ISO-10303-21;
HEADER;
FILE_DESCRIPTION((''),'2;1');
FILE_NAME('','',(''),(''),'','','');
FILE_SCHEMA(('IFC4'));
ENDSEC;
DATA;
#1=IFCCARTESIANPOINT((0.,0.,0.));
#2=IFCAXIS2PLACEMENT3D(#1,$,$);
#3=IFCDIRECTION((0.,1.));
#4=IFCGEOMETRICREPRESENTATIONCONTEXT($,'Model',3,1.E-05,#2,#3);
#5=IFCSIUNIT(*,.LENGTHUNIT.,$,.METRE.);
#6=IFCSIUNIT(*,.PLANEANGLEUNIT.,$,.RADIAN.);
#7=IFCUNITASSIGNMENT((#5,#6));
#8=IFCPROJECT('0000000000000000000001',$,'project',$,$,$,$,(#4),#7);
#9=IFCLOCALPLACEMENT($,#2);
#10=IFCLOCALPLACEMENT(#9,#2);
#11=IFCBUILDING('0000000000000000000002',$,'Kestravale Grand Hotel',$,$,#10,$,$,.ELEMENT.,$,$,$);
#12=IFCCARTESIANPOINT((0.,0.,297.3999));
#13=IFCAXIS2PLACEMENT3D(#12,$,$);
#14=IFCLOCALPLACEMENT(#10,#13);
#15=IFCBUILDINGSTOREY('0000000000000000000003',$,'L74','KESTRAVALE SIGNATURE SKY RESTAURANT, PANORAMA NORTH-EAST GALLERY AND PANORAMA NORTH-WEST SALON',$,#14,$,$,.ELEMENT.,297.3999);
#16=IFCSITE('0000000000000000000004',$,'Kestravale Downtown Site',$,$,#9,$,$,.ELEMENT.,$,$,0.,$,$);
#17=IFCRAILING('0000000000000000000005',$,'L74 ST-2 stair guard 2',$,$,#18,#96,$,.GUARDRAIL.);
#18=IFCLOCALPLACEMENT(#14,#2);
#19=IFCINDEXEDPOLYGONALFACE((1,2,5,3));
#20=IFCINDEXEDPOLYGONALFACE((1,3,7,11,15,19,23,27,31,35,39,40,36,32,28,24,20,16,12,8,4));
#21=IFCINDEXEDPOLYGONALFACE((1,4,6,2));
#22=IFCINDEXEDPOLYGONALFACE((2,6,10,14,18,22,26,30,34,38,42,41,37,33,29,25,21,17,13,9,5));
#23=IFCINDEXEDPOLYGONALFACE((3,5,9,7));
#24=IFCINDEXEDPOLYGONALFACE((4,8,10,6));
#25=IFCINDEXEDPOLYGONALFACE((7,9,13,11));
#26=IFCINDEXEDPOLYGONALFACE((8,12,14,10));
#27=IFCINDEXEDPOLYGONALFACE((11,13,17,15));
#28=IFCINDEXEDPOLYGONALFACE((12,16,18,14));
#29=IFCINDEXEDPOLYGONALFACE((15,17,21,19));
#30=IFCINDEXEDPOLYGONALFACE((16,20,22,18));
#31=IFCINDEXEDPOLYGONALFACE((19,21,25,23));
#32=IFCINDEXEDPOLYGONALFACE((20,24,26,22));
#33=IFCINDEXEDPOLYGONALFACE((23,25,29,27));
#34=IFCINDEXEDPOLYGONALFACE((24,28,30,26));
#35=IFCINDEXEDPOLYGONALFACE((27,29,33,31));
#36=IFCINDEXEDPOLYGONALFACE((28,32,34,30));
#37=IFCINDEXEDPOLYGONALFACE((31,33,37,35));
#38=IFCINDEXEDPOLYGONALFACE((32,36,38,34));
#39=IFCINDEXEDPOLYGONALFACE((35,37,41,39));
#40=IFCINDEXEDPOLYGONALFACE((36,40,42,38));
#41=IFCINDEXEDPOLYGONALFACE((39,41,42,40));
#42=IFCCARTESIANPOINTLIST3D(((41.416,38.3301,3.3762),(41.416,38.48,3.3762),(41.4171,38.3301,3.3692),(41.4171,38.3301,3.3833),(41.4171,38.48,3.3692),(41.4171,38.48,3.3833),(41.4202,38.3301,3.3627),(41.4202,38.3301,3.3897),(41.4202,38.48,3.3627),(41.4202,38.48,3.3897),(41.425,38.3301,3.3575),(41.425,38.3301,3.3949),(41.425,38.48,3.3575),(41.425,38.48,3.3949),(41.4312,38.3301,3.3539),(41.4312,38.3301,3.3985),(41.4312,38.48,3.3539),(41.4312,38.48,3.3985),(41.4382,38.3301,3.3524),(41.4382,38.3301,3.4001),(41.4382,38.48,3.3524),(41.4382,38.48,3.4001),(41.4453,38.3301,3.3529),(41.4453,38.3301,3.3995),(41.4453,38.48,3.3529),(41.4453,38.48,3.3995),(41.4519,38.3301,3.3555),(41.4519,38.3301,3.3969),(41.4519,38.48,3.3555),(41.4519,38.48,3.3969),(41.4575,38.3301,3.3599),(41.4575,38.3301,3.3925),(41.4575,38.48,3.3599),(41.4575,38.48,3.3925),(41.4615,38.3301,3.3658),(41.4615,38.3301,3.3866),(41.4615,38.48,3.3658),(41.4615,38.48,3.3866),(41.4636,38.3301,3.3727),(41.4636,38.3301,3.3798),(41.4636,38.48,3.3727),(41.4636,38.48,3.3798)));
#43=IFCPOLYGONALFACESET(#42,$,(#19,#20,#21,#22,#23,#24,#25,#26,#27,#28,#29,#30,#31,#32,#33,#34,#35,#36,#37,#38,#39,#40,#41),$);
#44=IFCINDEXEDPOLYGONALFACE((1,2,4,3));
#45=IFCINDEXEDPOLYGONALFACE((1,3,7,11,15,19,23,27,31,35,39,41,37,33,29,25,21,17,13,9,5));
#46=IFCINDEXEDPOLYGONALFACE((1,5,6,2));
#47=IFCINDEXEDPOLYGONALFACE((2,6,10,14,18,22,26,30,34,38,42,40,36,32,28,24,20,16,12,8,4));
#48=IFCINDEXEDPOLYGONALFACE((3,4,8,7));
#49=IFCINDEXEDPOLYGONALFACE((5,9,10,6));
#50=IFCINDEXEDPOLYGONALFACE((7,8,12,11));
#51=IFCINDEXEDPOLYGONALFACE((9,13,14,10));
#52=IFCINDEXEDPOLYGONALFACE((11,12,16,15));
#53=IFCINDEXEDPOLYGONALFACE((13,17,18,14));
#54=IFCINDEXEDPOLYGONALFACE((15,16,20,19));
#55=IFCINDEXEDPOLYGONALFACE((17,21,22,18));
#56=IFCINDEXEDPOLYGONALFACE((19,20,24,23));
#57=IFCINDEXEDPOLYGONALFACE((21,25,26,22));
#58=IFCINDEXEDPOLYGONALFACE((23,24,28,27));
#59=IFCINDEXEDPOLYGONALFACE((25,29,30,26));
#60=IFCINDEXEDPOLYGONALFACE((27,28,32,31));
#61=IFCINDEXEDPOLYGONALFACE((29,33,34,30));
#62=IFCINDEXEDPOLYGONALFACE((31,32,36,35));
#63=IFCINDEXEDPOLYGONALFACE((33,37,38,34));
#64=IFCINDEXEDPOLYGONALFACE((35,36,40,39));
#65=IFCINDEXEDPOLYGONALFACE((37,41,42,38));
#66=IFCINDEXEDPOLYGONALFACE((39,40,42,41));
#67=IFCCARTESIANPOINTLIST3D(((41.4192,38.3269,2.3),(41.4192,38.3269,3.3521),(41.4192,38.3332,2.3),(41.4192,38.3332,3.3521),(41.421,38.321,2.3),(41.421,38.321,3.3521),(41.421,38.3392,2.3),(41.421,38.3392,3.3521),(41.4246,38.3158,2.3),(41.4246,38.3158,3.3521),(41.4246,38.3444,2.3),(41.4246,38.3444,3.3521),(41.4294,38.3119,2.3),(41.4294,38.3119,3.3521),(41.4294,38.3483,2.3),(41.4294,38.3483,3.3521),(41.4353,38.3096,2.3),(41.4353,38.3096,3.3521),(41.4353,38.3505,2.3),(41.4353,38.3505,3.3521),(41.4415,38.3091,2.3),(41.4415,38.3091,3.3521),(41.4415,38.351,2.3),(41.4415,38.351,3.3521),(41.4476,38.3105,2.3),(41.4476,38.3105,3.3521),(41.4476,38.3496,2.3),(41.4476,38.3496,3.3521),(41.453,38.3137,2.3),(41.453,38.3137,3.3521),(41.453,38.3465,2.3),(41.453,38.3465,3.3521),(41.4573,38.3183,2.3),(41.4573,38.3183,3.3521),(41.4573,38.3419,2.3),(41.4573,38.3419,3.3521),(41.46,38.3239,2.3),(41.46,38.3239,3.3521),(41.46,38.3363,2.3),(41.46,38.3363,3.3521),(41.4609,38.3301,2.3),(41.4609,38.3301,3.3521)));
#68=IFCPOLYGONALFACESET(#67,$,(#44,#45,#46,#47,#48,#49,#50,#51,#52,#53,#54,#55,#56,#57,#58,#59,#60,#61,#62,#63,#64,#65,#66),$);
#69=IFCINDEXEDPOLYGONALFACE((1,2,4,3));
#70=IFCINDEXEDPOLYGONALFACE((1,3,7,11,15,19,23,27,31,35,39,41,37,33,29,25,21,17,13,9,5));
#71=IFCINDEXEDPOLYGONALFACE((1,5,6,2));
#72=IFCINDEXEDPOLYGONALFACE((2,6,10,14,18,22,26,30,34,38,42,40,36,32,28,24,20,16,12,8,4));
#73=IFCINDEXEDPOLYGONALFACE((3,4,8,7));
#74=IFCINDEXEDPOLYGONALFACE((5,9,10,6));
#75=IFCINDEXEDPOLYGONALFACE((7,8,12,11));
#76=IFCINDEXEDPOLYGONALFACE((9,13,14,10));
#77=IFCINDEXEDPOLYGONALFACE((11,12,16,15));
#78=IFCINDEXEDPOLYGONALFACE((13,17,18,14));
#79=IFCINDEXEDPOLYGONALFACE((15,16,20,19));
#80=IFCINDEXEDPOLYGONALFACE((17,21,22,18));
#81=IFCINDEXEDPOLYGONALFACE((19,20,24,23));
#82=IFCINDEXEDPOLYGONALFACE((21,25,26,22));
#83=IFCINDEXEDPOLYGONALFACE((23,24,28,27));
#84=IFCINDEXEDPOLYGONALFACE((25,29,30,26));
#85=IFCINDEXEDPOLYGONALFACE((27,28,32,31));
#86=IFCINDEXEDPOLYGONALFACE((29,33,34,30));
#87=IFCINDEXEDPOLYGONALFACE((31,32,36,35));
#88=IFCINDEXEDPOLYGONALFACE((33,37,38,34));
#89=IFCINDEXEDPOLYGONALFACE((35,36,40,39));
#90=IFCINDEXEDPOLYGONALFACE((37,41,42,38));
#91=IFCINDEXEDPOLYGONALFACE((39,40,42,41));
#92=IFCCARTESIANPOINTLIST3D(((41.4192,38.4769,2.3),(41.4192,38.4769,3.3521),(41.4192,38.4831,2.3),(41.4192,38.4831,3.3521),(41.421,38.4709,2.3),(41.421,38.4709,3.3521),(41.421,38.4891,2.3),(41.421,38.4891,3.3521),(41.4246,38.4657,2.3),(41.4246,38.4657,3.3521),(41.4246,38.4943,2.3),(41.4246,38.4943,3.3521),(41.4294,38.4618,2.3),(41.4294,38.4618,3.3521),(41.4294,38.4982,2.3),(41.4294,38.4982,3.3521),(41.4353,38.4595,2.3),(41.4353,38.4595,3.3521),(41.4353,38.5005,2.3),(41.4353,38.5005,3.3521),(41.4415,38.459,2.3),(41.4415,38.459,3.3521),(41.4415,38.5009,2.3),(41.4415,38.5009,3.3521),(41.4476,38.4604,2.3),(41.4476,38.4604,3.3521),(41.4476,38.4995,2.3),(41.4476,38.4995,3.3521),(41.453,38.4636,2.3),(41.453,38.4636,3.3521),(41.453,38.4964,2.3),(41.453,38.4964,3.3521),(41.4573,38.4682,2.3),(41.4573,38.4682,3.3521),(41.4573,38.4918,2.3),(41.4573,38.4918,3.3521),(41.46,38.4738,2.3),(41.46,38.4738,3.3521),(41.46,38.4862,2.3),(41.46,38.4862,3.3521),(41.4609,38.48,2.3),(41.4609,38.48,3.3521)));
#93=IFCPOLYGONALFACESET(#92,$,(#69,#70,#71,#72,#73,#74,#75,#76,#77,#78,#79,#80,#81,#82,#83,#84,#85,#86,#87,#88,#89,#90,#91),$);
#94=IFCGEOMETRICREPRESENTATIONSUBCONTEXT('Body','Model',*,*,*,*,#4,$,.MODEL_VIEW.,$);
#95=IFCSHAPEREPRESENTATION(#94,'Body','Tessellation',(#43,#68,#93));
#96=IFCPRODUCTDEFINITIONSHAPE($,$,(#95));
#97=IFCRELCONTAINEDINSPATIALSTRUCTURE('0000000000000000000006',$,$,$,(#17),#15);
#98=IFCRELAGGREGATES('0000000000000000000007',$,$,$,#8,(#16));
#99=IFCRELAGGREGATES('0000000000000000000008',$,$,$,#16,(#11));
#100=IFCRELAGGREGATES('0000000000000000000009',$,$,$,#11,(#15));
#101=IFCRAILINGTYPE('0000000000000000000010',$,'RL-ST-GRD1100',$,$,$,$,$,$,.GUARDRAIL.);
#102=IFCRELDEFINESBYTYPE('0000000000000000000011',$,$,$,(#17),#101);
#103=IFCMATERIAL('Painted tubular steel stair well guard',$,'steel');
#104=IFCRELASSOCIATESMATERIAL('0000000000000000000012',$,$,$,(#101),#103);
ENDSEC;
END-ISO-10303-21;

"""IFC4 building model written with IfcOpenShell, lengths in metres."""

from ifc_helpers import new_model, si_unit, direction, frame, origin, origin_2d, place, context, subcontext, project, spatial, circle, extrude, material, type_object, element, save


model = new_model("IFC4")

# Units and contexts
model_context = context("Model", 3, precision=1e-05, world=origin(), true_north=direction((0.0, 1.0)))
body_context = subcontext(model_context, "Body", "Model", "MODEL_VIEW")
ifc_project = project(units=[si_unit("LENGTHUNIT", "METRE"), si_unit("PLANEANGLEUNIT", "RADIAN")], contexts=[model_context])

# Site, building, storey
site_placement = place(None, origin())
site = spatial("IfcSite", under=ifc_project, at=site_placement, Name="Kestravale Downtown Site", CompositionType="ELEMENT", RefElevation=0.0)
building_placement = place(site_placement, origin())
building = spatial("IfcBuilding", under=site, at=building_placement, Name="Kestravale Grand Hotel", CompositionType="ELEMENT")
storey_placement = place(building_placement, frame((0.0, 0.0, 297.3999)))
storey = spatial("IfcBuildingStorey", under=building, at=storey_placement, Name="L74", Description="KESTRAVALE SIGNATURE SKY RESTAURANT, PANORAMA NORTH-EAST GALLERY AND PANORAMA NORTH-WEST SALON", CompositionType="ELEMENT", Elevation=297.3999)

# Railing
ifc_material_1 = material(Name="Painted tubular steel stair well guard", Category="steel")
railing_type_1 = type_object("IfcRailingType", Name="RL-ST-GRD1100", PredefinedType="GUARDRAIL", material=ifc_material_1)
railing_1_placement = place(storey_placement, frame((41.4399, 38.3301, 2.3)))
element("IfcRailing", 1, at=railing_1_placement, inside=storey, type_object=railing_type_1, Name="L74 ST-2 stair guard 2", PredefinedType="GUARDRAIL", context=body_context, shape_type="SweptSolid", body=[
    extrude(circle(Radius=0.0239, at=origin_2d()), frame((0.0, 0.0, 1.0762), z_axis=(0.0, 1.0, 0.0), x_axis=(-1.0, 0.0, 0.0)), (0.0, 0.0, 1.0), 0.1499),
    extrude(circle(Radius=0.021, at=origin_2d()), origin(), (0.0, 0.0, 1.0), 1.052),
    extrude(circle(Radius=0.021, at=origin_2d()), frame((0.0, 0.1499, 0.0)), (0.0, 0.0, 1.0), 1.052),
])

save(model, "model.ifc")
